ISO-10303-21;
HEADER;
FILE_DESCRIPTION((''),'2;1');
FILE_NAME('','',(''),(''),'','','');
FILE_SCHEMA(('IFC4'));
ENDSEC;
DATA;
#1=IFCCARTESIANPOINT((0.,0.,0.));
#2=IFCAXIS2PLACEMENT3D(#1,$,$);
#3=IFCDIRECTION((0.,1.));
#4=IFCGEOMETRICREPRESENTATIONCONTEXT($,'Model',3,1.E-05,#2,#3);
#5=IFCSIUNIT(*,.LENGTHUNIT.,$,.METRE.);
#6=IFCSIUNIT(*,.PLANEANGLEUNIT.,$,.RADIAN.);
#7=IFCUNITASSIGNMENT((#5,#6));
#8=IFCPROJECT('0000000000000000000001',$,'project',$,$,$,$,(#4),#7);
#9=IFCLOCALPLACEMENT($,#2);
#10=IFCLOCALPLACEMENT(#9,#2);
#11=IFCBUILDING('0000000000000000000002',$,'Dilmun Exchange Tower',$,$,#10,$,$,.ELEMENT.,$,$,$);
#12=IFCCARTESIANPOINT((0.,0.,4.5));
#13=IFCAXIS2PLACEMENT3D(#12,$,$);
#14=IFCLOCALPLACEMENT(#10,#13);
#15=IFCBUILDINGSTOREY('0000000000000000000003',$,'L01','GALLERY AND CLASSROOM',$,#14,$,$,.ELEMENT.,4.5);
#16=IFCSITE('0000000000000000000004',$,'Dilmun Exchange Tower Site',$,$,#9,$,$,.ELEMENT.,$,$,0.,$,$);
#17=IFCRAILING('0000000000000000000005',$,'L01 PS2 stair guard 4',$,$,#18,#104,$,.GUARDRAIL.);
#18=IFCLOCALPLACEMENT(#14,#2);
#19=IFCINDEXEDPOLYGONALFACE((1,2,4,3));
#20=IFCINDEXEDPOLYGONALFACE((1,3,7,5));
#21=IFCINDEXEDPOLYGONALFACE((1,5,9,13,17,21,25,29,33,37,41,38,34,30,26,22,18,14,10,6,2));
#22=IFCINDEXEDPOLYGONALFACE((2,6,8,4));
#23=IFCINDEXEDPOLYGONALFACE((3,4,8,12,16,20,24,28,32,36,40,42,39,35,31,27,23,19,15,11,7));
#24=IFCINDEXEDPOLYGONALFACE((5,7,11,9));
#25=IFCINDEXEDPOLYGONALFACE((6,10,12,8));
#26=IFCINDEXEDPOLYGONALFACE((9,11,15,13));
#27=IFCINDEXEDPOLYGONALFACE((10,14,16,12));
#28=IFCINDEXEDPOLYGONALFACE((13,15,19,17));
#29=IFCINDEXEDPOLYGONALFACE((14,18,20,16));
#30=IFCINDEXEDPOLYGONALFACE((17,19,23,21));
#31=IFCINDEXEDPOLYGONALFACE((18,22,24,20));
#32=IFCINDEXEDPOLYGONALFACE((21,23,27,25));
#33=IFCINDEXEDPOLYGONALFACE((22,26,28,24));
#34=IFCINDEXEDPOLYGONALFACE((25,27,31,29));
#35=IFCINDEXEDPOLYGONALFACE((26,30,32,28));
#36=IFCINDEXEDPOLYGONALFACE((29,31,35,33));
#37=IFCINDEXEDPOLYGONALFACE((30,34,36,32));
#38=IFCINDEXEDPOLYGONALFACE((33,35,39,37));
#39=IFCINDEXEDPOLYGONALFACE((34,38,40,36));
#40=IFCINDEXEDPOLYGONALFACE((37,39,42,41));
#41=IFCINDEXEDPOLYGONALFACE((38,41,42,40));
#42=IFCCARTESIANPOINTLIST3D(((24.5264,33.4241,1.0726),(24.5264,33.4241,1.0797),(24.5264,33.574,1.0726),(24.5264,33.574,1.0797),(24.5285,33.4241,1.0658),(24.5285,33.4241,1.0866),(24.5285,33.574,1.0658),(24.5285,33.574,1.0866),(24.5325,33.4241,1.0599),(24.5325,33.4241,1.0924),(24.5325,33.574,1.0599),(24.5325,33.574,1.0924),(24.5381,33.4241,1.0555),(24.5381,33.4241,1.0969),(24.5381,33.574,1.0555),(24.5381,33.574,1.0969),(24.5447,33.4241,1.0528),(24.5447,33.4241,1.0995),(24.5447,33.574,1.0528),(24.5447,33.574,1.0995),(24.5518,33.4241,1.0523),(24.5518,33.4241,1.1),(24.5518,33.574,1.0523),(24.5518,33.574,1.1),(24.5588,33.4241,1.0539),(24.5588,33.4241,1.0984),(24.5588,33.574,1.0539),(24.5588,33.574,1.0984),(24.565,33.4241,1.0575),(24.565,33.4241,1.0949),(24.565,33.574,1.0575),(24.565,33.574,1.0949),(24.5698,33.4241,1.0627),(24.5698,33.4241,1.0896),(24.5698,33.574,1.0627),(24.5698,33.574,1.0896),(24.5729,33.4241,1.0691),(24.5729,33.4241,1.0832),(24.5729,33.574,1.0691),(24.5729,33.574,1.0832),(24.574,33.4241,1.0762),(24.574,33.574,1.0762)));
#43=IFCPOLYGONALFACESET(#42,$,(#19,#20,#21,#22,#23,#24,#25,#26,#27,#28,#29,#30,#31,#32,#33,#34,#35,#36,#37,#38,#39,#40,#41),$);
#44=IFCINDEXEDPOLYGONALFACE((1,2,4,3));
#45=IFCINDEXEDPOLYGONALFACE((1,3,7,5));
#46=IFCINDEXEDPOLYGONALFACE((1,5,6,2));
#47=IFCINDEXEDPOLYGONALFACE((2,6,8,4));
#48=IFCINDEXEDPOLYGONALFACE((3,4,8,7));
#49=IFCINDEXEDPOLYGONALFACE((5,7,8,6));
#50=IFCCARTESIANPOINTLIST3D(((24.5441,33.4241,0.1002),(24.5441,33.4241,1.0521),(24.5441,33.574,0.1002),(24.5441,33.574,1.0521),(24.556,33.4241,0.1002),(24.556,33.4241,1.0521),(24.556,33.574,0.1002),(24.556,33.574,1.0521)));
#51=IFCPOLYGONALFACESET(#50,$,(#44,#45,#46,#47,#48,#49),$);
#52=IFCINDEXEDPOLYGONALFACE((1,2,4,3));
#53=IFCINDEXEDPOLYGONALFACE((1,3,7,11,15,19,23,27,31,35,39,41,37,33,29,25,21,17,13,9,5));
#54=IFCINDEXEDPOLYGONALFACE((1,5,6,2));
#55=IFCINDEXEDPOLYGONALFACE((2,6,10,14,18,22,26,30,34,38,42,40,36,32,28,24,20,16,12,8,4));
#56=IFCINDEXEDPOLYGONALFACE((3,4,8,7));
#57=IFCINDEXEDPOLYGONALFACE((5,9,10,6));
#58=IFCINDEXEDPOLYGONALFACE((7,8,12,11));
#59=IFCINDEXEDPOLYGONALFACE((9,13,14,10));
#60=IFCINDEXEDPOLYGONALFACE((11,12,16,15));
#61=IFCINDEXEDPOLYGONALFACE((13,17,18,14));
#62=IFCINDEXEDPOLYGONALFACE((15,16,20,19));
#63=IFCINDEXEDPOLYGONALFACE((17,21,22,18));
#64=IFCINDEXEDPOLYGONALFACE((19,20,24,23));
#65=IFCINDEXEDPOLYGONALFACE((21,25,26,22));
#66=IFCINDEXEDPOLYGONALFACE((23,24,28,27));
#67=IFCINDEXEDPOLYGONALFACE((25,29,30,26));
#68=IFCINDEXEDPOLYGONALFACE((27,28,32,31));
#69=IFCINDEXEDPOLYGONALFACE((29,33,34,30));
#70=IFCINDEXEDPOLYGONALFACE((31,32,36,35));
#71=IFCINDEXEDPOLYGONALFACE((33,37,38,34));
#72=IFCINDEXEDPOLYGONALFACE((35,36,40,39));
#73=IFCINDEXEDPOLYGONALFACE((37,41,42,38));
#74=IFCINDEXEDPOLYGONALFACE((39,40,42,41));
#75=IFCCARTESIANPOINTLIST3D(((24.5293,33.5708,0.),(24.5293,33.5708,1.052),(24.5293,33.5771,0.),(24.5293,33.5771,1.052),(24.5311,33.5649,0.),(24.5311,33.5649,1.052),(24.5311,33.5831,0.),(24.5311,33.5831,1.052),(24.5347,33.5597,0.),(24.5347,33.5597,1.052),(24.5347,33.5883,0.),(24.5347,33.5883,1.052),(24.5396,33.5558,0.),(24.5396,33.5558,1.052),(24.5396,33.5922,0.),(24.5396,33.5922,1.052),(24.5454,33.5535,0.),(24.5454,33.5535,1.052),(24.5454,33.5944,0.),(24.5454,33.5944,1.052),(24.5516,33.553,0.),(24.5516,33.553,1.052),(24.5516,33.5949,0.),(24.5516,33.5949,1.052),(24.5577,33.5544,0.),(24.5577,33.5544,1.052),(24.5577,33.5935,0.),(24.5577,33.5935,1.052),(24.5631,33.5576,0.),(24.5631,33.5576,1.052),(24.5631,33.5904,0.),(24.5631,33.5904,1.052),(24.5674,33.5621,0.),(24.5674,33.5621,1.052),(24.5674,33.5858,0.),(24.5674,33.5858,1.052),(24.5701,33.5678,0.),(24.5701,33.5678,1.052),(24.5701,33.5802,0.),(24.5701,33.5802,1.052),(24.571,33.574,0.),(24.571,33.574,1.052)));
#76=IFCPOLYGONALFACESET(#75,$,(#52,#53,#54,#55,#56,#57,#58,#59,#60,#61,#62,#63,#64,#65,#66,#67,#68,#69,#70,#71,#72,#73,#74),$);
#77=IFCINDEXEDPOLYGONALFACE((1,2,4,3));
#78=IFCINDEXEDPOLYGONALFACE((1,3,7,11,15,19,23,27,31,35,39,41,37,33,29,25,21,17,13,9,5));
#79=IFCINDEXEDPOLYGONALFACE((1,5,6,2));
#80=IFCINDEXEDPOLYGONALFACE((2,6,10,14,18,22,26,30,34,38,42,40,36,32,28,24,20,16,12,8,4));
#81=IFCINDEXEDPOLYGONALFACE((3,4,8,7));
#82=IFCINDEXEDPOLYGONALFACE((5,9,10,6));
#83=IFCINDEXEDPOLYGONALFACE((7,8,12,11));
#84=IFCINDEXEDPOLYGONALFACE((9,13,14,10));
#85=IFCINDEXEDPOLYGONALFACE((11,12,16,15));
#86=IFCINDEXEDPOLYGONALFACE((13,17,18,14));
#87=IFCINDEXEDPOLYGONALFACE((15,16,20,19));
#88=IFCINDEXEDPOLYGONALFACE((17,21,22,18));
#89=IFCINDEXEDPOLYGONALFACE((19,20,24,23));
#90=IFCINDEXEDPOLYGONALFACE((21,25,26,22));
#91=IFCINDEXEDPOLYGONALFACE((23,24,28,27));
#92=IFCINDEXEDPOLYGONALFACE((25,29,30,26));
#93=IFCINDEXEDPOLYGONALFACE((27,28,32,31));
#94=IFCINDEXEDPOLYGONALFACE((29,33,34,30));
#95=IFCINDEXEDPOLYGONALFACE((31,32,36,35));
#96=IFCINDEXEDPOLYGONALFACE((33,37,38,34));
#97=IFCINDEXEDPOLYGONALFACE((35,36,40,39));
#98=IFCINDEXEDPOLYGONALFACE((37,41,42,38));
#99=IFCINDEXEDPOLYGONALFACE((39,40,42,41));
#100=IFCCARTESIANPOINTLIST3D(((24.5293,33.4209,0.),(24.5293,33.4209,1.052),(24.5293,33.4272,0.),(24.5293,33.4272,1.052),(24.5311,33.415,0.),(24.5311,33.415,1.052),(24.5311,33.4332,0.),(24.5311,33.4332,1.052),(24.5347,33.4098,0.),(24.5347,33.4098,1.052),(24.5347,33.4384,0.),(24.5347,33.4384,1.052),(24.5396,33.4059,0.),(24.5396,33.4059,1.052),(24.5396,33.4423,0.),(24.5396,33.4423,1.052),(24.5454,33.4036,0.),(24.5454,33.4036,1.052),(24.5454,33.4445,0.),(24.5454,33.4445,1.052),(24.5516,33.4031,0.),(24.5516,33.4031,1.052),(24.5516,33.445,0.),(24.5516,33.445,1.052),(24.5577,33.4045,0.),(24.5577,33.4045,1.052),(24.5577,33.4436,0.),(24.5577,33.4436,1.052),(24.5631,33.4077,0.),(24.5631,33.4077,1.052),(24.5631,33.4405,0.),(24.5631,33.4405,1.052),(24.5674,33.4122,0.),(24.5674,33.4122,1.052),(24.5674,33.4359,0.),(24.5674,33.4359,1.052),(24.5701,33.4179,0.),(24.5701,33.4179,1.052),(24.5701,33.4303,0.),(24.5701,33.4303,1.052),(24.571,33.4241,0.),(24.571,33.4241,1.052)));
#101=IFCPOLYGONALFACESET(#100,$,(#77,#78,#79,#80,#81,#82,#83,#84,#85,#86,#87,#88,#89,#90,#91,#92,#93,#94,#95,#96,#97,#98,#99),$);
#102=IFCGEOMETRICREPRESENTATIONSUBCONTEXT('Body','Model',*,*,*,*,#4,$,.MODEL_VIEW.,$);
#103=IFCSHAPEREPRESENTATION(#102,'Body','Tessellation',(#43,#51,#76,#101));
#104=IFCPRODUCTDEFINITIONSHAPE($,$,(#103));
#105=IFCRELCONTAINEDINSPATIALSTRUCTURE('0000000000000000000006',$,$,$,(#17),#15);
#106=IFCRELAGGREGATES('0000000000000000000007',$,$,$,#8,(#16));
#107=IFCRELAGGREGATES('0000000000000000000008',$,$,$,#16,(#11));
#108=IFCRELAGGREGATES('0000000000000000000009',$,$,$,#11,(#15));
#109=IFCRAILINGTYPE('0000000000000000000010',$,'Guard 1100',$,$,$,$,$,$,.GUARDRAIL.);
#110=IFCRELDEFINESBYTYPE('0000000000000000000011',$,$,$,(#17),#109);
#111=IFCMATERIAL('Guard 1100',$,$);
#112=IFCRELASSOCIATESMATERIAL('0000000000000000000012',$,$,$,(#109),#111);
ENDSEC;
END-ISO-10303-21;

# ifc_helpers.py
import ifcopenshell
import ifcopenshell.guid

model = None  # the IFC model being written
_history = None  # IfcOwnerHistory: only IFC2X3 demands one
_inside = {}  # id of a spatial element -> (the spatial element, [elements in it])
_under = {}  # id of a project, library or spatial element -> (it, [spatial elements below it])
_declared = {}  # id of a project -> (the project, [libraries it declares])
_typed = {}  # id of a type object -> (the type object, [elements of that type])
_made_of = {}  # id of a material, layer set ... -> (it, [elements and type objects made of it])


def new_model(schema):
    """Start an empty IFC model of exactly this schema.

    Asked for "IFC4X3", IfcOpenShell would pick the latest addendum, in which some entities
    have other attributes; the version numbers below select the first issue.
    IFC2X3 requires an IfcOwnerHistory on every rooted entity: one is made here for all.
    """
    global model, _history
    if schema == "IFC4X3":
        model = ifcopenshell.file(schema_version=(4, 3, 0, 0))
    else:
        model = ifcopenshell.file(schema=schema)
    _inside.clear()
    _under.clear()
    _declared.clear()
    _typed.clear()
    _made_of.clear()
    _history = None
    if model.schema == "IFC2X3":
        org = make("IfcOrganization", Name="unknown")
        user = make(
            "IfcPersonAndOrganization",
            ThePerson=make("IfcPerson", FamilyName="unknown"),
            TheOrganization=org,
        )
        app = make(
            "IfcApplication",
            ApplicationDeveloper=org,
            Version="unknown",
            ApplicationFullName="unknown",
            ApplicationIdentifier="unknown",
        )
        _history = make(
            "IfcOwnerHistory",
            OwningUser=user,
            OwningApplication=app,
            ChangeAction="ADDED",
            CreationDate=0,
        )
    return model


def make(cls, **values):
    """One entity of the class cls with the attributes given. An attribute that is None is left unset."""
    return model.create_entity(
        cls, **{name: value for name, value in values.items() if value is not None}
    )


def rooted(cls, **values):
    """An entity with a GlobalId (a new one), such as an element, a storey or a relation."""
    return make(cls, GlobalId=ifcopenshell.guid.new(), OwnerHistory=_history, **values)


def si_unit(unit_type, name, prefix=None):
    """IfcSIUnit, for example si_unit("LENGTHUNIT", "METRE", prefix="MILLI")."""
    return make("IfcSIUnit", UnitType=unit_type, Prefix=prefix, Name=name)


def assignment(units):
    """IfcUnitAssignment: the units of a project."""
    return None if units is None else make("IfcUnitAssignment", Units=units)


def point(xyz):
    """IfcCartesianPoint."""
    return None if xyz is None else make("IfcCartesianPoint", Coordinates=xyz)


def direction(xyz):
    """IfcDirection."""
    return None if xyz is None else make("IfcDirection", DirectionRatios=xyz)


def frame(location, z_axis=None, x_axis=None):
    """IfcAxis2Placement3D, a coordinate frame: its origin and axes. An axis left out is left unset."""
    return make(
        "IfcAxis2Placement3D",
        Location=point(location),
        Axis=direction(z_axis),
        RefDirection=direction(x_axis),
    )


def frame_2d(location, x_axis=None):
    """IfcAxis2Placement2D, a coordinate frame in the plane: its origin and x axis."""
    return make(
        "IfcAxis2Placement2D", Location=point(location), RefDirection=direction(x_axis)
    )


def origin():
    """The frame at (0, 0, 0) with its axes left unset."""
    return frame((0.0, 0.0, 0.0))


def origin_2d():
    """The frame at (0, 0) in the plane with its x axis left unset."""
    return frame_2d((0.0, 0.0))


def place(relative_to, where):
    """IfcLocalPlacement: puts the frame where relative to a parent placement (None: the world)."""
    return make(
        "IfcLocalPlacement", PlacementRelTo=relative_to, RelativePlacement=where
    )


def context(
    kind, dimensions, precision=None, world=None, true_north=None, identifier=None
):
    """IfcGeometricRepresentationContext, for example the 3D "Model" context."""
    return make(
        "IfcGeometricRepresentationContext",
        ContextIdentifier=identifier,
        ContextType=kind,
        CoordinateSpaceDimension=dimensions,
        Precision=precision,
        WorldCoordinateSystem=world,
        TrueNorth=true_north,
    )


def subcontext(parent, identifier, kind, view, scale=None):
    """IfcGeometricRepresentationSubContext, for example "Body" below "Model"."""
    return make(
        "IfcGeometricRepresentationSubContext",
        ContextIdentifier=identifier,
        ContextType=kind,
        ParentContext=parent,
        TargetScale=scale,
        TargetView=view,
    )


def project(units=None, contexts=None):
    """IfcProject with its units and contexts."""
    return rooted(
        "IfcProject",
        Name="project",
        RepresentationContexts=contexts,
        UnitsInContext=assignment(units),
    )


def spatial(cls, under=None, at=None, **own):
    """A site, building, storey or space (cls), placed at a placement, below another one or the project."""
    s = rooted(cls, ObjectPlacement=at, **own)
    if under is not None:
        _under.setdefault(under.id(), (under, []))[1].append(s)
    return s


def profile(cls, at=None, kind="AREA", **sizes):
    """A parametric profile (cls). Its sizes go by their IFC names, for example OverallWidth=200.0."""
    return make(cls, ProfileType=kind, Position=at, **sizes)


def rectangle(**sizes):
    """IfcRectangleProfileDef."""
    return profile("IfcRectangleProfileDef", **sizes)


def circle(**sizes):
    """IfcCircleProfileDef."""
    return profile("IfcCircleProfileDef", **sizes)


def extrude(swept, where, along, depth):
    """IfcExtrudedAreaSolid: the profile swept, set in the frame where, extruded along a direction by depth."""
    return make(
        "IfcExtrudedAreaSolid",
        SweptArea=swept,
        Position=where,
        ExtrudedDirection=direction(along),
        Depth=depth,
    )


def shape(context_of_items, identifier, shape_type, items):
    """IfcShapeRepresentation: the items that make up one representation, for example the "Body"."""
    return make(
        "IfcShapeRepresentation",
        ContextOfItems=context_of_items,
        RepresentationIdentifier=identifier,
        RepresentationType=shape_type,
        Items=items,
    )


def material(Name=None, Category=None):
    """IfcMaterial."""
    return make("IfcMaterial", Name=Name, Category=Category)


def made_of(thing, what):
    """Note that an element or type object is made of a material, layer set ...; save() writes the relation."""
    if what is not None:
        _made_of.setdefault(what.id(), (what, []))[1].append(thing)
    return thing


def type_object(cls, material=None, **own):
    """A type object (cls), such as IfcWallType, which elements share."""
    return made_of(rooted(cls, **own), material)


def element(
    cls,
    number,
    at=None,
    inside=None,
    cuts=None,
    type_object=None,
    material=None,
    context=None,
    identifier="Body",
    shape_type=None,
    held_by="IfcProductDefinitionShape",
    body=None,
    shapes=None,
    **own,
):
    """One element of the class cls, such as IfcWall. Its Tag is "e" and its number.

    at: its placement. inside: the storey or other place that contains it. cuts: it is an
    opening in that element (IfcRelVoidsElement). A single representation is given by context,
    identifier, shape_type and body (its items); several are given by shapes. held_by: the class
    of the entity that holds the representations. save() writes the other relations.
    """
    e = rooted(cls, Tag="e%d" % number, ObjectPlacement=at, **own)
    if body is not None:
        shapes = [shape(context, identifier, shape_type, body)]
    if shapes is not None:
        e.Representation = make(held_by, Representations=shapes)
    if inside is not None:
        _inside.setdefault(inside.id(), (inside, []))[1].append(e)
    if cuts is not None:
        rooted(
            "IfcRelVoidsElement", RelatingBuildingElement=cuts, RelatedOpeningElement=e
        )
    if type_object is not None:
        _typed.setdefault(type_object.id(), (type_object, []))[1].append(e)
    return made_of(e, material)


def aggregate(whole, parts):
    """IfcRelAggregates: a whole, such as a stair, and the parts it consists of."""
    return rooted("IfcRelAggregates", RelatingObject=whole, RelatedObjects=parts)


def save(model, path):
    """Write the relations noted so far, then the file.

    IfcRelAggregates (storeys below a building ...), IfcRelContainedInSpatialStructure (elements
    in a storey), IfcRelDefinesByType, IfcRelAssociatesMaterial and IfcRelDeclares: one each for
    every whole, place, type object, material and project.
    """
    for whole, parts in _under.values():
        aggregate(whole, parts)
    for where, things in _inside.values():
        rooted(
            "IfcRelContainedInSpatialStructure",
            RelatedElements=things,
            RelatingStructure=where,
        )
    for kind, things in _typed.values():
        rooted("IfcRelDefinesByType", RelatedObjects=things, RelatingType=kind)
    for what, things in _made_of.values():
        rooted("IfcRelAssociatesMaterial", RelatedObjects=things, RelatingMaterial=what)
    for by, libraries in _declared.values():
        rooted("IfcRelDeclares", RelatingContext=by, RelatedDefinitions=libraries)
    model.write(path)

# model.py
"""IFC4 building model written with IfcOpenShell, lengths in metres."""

from ifc_helpers import new_model, si_unit, direction, frame, origin, origin_2d, place, context, subcontext, project, spatial, rectangle, circle, extrude, material, type_object, element, save


model = new_model("IFC4")

# Units and contexts
model_context = context("Model", 3, precision=1e-05, world=origin(), true_north=direction((0.0, 1.0)))
body_context = subcontext(model_context, "Body", "Model", "MODEL_VIEW")
ifc_project = project(units=[si_unit("LENGTHUNIT", "METRE"), si_unit("PLANEANGLEUNIT", "RADIAN")], contexts=[model_context])

# Site, building, storey
site_placement = place(None, origin())
site = spatial("IfcSite", under=ifc_project, at=site_placement, Name="Dilmun Exchange Tower Site", CompositionType="ELEMENT", RefElevation=0.0)
building_placement = place(site_placement, origin())
building = spatial("IfcBuilding", under=site, at=building_placement, Name="Dilmun Exchange Tower", CompositionType="ELEMENT")
storey_placement = place(building_placement, frame((0.0, 0.0, 4.5)))
storey = spatial("IfcBuildingStorey", under=building, at=storey_placement, Name="L01", Description="GALLERY AND CLASSROOM", CompositionType="ELEMENT", Elevation=4.5)

# Railing
ifc_material_1 = material(Name="Guard 1100")
railing_type_1 = type_object("IfcRailingType", Name="Guard 1100", PredefinedType="GUARDRAIL", material=ifc_material_1)
railing_1_placement = place(storey_placement, frame((24.55, 33.574, 0.0)))
element("IfcRailing", 1, at=railing_1_placement, inside=storey, type_object=railing_type_1, Name="L01 PS2 stair guard 4", PredefinedType="GUARDRAIL", context=body_context, shape_type="SweptSolid", body=[
    extrude(circle(Radius=0.0239, at=origin_2d()), frame((0.0, 0.0, 1.0762), z_axis=(0.0, -1.0, 0.0), x_axis=(1.0, 0.0, 0.0)), (0.0, 0.0, 1.0), 0.1499),
    extrude(rectangle(XDim=0.012, YDim=0.9519, at=origin_2d()), frame((0.0, 0.0, 0.5762), z_axis=(0.0, -1.0, 0.0), x_axis=(1.0, 0.0, 0.0)), (0.0, 0.0, 1.0), 0.1499),
    extrude(circle(Radius=0.021, at=origin_2d()), origin(), (0.0, 0.0, 1.0), 1.052),
    extrude(circle(Radius=0.021, at=origin_2d()), frame((0.0, -0.1499, 0.0)), (0.0, 0.0, 1.0), 1.052),
])

save(model, "model.ifc")
